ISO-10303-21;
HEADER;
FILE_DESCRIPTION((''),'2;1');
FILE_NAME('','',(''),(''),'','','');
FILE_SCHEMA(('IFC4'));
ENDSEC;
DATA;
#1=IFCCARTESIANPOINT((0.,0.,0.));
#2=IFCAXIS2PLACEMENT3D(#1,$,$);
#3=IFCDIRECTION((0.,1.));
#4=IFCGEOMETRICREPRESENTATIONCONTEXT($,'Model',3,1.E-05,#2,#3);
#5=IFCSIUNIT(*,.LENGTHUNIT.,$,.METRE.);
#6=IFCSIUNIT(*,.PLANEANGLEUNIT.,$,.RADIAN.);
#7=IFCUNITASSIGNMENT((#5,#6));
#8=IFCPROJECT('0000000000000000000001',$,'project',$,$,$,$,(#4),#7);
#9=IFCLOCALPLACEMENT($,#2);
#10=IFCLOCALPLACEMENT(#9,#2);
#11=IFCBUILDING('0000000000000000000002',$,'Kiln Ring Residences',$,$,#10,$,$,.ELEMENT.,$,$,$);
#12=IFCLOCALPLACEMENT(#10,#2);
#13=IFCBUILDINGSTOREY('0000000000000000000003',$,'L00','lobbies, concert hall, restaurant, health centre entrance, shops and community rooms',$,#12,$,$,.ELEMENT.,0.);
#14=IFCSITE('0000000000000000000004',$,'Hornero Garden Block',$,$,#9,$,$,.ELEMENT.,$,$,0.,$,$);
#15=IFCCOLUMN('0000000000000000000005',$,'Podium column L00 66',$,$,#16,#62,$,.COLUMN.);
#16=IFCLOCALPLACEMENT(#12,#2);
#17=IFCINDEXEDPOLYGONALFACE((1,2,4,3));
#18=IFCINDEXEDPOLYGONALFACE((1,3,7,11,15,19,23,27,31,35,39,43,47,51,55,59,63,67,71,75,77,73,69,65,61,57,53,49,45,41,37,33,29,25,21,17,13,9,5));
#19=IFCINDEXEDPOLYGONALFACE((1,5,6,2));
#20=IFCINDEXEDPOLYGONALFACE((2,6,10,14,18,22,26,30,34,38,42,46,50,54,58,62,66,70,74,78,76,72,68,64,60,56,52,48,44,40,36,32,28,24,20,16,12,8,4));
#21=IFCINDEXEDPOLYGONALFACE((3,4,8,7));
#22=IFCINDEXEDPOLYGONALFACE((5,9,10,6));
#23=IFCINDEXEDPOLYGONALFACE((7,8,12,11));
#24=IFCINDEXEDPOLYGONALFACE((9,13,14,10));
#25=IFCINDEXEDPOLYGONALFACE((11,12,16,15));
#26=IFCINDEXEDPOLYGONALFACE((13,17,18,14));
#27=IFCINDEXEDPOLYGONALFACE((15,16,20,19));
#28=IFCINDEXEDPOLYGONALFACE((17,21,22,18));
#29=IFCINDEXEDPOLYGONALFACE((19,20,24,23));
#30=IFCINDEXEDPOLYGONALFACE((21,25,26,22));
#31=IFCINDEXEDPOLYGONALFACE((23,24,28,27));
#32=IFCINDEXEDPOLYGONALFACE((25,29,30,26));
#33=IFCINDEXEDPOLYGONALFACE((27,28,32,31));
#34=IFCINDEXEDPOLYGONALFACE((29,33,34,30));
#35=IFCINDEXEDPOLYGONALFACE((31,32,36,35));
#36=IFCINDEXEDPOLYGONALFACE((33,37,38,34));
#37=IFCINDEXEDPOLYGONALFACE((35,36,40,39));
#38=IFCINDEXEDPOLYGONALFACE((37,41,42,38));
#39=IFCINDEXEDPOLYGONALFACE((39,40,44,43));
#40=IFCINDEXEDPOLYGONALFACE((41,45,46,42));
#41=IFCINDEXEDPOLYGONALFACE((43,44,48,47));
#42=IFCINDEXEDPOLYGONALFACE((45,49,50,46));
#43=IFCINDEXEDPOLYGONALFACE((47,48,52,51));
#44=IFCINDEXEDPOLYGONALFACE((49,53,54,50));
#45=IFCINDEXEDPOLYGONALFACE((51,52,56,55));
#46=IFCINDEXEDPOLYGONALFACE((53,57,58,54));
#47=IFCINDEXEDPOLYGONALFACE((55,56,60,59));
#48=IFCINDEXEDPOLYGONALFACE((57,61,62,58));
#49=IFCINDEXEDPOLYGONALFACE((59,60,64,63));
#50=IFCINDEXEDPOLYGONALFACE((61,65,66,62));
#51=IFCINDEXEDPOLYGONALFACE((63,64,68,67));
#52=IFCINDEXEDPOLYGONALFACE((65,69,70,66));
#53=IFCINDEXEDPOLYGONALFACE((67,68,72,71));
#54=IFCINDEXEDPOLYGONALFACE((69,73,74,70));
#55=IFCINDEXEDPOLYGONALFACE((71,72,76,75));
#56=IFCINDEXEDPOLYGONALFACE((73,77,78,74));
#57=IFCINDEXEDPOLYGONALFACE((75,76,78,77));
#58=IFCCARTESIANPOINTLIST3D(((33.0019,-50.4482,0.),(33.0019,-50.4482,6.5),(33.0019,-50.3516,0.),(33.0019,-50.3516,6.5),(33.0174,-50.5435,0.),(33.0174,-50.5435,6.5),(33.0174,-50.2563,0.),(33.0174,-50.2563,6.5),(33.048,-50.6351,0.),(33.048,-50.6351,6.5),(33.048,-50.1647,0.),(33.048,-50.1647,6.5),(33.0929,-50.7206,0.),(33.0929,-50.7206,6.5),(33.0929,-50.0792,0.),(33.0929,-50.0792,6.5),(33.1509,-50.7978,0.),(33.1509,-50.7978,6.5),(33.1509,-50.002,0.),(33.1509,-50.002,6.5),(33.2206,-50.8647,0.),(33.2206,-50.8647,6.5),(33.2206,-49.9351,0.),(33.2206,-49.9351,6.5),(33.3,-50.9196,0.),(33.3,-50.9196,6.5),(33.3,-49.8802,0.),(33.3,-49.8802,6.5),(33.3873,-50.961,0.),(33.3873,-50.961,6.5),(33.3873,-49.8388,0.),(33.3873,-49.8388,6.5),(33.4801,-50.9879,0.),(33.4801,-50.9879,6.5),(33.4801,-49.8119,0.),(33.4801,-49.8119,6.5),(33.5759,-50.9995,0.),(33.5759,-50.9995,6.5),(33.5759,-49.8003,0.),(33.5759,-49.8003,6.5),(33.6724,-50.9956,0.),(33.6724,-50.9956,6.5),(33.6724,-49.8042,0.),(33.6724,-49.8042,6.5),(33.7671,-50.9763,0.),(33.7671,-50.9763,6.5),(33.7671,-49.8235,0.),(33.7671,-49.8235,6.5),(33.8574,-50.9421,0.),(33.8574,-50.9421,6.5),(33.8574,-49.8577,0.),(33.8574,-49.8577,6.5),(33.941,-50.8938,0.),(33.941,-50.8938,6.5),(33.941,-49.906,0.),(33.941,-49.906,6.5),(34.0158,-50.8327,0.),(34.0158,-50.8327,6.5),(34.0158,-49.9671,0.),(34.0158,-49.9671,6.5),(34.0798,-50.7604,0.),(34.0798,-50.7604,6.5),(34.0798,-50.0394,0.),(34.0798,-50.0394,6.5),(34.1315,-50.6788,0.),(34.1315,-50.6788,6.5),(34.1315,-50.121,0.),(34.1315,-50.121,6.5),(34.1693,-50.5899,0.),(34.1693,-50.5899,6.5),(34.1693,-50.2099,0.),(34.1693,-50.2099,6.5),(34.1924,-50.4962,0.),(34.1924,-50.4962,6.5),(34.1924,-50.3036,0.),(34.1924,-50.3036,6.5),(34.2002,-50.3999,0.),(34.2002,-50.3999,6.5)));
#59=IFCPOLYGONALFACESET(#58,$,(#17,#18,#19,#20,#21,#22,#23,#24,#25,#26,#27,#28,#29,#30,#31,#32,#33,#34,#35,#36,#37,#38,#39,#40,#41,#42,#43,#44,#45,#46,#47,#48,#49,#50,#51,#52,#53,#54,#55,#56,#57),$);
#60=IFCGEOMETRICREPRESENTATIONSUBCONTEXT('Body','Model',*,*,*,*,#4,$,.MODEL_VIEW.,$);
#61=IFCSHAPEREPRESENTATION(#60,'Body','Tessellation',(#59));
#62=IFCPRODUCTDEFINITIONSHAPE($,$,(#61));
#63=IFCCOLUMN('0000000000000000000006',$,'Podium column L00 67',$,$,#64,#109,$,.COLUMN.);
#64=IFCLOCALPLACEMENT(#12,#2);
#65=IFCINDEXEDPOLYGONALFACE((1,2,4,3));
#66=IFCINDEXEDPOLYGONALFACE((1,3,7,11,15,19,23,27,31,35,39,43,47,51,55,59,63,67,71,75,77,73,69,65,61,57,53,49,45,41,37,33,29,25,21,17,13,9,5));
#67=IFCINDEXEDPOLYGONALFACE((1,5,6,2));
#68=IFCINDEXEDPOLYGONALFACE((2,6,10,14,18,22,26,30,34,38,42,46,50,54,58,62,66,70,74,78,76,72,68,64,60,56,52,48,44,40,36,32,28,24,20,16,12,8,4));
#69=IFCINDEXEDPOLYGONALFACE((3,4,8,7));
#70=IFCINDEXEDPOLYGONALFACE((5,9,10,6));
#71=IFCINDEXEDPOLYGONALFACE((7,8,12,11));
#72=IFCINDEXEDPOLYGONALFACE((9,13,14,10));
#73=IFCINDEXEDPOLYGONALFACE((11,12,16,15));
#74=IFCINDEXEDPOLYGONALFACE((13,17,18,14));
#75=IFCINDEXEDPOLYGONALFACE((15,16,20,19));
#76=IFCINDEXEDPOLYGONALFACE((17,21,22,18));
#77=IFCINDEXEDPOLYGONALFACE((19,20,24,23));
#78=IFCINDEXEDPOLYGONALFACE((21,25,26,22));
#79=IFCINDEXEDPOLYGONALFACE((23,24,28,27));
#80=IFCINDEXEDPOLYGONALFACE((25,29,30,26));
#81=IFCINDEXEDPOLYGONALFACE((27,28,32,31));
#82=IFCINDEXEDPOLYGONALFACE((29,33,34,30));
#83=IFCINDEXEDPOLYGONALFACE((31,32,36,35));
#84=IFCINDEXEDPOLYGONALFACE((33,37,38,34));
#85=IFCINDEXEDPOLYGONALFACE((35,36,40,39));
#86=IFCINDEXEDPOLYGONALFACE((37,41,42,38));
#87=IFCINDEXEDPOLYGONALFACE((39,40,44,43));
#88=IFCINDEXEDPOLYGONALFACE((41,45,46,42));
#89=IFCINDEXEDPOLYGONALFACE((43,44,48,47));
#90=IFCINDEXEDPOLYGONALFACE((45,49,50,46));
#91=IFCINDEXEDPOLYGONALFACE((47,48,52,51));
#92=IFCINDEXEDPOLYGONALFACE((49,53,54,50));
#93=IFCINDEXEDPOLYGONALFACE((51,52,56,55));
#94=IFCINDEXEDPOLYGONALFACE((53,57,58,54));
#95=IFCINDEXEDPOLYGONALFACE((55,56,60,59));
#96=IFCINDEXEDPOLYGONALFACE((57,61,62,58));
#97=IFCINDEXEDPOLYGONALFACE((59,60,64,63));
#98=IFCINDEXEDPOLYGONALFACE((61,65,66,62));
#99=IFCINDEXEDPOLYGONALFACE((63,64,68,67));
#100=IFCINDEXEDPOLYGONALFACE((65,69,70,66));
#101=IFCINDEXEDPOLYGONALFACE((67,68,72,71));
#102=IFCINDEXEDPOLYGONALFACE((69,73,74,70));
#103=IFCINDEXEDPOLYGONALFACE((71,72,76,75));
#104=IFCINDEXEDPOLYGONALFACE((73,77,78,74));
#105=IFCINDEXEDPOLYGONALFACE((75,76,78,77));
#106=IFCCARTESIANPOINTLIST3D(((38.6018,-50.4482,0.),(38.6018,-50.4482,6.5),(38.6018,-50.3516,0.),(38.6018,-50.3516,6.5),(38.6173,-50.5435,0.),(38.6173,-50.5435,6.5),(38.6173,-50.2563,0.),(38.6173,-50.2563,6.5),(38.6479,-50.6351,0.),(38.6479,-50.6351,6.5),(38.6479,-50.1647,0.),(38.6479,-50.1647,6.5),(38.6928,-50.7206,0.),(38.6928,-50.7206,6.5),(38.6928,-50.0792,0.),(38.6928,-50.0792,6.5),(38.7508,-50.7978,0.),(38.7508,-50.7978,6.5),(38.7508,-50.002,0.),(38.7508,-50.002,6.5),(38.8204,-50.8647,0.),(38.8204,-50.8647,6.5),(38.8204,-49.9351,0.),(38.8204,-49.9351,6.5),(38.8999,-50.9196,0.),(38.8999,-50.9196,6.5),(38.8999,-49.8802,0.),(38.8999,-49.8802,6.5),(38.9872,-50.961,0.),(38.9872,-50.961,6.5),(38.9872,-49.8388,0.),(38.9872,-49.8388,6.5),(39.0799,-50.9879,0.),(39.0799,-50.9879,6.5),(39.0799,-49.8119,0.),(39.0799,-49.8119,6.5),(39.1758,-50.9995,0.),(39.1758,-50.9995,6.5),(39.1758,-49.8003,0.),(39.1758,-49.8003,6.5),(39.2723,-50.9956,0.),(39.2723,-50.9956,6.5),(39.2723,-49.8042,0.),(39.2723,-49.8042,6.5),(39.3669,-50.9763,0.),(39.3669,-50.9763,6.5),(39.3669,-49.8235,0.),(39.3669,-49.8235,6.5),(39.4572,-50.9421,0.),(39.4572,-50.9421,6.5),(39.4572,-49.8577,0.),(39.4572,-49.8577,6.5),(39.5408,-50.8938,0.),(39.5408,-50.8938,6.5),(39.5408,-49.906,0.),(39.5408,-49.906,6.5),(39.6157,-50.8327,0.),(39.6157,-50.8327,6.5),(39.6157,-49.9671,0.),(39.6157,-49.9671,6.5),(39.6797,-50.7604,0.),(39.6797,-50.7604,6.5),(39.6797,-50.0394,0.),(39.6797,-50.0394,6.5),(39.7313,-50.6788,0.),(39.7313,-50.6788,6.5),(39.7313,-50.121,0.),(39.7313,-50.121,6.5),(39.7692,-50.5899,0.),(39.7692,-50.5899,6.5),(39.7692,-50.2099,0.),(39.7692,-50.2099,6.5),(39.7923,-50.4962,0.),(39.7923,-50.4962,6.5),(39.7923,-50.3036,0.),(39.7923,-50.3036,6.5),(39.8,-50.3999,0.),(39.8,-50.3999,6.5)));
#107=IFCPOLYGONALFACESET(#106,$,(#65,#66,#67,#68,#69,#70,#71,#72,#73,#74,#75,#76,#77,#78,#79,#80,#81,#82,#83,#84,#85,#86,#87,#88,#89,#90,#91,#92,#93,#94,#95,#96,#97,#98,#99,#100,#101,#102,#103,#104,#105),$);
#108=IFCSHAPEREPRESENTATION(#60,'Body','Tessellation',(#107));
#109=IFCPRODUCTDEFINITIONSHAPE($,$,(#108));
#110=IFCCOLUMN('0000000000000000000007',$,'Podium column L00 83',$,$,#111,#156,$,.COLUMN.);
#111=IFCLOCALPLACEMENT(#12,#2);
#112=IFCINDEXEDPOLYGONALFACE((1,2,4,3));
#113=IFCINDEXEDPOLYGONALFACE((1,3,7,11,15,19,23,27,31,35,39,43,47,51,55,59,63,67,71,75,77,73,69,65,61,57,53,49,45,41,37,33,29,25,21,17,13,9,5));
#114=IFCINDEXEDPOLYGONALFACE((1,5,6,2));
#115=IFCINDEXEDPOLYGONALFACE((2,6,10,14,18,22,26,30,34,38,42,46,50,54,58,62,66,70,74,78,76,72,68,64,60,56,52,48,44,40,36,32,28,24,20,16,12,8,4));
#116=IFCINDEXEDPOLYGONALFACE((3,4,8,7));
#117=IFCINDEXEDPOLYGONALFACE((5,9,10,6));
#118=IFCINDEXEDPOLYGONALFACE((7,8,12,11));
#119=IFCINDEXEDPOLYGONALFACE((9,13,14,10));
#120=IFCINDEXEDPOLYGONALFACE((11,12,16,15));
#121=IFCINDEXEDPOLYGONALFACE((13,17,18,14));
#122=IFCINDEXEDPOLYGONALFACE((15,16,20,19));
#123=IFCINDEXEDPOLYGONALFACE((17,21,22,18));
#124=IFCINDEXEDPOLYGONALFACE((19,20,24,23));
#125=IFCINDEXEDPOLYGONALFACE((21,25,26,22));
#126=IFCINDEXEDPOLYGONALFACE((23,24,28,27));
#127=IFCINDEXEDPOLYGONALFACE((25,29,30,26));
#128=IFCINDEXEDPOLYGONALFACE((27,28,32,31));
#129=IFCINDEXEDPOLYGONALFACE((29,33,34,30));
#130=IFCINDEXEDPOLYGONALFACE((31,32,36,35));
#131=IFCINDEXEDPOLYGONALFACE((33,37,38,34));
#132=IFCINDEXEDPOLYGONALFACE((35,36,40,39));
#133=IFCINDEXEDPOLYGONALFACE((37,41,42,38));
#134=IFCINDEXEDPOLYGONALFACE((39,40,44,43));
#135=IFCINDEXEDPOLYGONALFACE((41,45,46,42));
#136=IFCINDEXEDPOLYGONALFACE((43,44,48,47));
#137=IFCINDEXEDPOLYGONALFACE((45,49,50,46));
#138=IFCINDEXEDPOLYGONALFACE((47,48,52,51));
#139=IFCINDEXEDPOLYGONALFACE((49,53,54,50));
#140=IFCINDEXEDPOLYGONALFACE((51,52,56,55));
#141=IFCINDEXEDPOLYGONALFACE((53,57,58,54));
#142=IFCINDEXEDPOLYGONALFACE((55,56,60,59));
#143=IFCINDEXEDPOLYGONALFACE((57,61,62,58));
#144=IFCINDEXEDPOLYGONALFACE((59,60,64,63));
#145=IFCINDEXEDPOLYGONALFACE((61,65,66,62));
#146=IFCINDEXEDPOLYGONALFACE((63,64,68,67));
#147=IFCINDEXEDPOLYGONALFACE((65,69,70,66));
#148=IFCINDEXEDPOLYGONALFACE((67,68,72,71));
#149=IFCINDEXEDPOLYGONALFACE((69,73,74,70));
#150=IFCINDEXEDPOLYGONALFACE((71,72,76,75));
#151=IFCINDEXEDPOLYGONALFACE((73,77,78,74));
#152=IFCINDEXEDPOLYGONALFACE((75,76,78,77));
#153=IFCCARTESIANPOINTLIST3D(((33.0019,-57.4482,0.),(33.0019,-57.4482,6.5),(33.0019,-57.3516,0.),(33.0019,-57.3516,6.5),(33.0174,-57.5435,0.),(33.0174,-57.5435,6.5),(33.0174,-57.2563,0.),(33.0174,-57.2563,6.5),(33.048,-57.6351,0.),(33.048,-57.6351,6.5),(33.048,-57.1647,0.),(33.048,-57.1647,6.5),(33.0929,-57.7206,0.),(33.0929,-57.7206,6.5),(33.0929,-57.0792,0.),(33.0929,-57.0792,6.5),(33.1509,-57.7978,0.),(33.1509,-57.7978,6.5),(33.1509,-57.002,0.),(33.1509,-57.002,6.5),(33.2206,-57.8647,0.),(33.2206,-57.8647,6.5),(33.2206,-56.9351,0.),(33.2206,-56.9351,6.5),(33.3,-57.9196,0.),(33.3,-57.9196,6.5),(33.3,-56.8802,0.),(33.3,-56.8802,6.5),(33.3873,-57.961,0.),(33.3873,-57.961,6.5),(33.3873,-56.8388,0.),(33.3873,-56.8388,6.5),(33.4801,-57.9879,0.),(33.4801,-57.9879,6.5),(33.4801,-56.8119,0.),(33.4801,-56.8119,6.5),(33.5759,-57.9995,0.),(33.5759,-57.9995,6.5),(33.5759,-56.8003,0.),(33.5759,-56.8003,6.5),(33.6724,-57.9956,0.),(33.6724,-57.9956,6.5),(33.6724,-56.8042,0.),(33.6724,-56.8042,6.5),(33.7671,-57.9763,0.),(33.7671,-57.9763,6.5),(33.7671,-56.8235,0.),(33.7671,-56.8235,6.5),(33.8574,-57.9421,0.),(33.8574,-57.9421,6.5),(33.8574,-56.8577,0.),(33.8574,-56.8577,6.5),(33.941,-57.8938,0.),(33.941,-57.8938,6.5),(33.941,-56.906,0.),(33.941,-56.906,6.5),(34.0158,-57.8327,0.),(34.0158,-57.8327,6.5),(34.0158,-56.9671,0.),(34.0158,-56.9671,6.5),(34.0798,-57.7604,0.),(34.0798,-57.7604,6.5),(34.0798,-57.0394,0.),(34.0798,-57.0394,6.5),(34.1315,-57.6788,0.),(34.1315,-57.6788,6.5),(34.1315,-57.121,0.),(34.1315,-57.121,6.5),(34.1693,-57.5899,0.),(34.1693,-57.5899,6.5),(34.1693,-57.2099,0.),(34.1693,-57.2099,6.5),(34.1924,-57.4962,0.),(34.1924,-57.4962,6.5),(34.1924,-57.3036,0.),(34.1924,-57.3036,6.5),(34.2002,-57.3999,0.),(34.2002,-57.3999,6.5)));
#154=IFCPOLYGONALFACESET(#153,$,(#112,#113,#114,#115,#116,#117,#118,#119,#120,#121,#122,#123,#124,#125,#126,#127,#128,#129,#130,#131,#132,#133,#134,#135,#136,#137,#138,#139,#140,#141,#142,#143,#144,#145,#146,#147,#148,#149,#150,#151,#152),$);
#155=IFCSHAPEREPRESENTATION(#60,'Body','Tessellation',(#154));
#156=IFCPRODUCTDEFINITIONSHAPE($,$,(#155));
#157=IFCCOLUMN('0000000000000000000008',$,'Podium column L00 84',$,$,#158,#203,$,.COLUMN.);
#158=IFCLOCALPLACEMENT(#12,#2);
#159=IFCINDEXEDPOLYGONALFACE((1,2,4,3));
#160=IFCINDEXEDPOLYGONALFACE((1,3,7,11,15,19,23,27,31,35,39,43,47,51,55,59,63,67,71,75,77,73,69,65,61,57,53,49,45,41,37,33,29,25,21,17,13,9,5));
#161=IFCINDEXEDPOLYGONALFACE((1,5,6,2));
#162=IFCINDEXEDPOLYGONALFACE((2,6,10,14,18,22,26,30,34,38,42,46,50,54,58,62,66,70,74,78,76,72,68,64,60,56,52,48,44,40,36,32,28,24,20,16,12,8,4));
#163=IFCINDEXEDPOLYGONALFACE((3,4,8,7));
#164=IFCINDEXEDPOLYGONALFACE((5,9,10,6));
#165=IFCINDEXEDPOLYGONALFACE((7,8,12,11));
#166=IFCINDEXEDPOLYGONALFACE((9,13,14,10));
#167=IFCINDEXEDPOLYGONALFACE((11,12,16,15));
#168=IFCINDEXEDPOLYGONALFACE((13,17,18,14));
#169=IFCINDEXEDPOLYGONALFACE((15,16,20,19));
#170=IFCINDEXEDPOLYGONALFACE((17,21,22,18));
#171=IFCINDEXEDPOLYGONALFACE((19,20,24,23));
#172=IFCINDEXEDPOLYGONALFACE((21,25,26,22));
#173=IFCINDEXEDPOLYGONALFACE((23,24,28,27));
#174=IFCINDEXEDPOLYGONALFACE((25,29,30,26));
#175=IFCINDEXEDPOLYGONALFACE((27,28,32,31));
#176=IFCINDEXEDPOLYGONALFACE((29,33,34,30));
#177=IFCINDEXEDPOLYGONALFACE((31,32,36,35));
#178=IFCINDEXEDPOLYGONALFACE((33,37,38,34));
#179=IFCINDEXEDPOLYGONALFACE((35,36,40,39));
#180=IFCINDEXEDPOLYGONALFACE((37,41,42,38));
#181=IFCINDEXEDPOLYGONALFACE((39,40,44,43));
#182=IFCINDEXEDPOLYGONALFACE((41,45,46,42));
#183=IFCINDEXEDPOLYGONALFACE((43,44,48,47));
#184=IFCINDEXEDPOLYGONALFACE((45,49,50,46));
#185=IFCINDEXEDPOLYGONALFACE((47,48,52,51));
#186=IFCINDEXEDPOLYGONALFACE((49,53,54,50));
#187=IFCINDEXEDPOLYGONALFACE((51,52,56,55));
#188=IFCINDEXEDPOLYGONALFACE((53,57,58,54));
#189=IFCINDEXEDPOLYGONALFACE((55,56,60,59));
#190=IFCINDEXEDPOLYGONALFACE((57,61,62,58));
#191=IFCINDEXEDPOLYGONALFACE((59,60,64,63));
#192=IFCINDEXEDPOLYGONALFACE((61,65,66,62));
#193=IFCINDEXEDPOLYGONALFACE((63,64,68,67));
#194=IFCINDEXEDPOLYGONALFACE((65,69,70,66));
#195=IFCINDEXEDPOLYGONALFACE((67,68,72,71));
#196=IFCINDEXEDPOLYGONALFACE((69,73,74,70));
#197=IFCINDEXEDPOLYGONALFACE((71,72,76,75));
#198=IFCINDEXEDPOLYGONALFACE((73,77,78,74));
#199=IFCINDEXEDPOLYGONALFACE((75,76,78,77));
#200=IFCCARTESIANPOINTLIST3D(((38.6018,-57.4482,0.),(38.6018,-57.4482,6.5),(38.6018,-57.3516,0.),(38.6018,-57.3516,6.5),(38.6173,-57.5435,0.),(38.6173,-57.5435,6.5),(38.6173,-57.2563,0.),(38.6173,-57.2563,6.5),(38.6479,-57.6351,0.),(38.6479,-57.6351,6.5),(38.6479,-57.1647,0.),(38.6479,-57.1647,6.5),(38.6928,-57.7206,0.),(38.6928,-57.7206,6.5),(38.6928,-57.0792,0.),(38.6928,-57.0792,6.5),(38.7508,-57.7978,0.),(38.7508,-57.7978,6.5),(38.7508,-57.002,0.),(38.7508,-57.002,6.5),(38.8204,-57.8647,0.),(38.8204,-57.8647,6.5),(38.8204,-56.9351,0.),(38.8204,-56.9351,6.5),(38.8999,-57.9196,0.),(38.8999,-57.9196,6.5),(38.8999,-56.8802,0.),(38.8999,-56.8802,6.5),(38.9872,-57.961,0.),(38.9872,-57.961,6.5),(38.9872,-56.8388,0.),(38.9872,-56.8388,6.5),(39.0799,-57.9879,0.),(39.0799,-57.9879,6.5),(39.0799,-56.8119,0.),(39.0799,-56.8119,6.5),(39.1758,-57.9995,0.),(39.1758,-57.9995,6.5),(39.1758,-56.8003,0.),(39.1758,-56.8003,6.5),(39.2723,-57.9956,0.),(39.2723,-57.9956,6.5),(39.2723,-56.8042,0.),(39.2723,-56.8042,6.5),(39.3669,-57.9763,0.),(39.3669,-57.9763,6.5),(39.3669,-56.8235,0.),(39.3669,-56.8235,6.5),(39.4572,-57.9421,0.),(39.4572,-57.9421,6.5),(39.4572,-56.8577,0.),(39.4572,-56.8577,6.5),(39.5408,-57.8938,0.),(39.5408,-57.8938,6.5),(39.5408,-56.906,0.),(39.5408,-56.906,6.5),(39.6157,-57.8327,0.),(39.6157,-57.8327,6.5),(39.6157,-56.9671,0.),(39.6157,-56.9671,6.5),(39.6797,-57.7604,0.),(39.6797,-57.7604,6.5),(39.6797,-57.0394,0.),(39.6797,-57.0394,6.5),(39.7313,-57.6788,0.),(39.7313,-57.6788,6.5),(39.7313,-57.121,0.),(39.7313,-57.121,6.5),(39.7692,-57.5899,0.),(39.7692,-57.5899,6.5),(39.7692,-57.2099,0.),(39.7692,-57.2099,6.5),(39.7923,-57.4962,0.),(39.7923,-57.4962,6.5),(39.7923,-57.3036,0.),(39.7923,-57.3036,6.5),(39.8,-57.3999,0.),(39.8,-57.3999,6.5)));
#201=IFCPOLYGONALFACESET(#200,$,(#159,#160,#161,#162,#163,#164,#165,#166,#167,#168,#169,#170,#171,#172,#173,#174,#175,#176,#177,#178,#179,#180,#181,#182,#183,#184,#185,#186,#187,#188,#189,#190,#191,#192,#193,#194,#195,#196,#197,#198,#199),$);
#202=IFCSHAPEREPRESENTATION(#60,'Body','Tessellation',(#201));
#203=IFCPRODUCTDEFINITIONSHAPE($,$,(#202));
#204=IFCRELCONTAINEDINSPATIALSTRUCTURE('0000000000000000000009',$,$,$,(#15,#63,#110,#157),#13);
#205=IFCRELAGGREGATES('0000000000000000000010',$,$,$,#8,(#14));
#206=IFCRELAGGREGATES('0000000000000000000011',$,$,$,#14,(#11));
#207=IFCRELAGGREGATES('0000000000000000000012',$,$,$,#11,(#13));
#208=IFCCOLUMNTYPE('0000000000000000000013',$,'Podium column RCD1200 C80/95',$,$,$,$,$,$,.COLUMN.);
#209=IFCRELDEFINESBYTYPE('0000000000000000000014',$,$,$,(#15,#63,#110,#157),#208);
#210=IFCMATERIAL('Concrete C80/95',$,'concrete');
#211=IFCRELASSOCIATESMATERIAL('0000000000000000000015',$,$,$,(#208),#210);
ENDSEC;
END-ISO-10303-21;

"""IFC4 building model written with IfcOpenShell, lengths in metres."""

from ifc_helpers import new_model, si_unit, direction, frame, origin, origin_2d, place, context, subcontext, project, spatial, circle, extrude, material, material_profile, profile_set, type_object, element, save


model = new_model("IFC4")

# Units and contexts
model_context = context("Model", 3, precision=1e-05, world=origin(), true_north=direction((0.0, 1.0)))
body_context = subcontext(model_context, "Body", "Model", "MODEL_VIEW")
ifc_project = project(units=[si_unit("LENGTHUNIT", "METRE"), si_unit("PLANEANGLEUNIT", "RADIAN")], contexts=[model_context])

# Site, building, storey
site_placement = place(None, origin())
site = spatial("IfcSite", under=ifc_project, at=site_placement, Name="Hornero Garden Block", CompositionType="ELEMENT", RefElevation=0.0)
building_placement = place(site_placement, origin())
building = spatial("IfcBuilding", under=site, at=building_placement, Name="Kiln Ring Residences", CompositionType="ELEMENT")
storey_placement = place(building_placement, origin())
storey = spatial("IfcBuildingStorey", under=building, at=storey_placement, Name="L00", Description="lobbies, concert hall, restaurant, health centre entrance, shops and community rooms", CompositionType="ELEMENT", Elevation=0.0)

# Columns
ifc_material_1 = material(Name="Concrete C80/95", Category="concrete")
ifc_material_profile_1 = material_profile(ifc_material_1, circle(Radius=0.6001, at=origin_2d()), Name="RCD1200")
ifc_profile_set_1 = profile_set([ifc_material_profile_1], Name="Concrete C80/95")
column_type = type_object("IfcColumnType", Name="Podium column RCD1200 C80/95", PredefinedType="COLUMN", material=ifc_profile_set_1)
for number, where, z_axis, x_axis, name in (
    (1, (33.6001, -50.3999, 0.0), (0.0, 0.0, 1.0), (1.0, 0.0, 0.0), "Podium column L00 66"),
    (2, (39.2, -50.3999, 0.0), (0.0, 0.0, 1.0), (1.0, 0.0, 0.0), "Podium column L00 67"),
    (3, (33.6001, -57.3999, 0.0), (0.0, 0.0, 1.0), (1.0, 0.0, 0.0), "Podium column L00 83"),
    (4, (39.2, -57.3999, 0.0), (0.0, 0.0, 1.0), (1.0, 0.0, 0.0), "Podium column L00 84"),
):
    element("IfcColumn", number, at=place(storey_placement, frame(where, z_axis=z_axis, x_axis=x_axis)), inside=storey, type_object=column_type, Name=name, PredefinedType="COLUMN", context=body_context, shape_type="SweptSolid", body=[
        extrude(circle(Radius=0.6001, at=origin_2d()), origin(), (0.0, 0.0, 1.0), 6.5),
    ])

save(model, "model.ifc")
